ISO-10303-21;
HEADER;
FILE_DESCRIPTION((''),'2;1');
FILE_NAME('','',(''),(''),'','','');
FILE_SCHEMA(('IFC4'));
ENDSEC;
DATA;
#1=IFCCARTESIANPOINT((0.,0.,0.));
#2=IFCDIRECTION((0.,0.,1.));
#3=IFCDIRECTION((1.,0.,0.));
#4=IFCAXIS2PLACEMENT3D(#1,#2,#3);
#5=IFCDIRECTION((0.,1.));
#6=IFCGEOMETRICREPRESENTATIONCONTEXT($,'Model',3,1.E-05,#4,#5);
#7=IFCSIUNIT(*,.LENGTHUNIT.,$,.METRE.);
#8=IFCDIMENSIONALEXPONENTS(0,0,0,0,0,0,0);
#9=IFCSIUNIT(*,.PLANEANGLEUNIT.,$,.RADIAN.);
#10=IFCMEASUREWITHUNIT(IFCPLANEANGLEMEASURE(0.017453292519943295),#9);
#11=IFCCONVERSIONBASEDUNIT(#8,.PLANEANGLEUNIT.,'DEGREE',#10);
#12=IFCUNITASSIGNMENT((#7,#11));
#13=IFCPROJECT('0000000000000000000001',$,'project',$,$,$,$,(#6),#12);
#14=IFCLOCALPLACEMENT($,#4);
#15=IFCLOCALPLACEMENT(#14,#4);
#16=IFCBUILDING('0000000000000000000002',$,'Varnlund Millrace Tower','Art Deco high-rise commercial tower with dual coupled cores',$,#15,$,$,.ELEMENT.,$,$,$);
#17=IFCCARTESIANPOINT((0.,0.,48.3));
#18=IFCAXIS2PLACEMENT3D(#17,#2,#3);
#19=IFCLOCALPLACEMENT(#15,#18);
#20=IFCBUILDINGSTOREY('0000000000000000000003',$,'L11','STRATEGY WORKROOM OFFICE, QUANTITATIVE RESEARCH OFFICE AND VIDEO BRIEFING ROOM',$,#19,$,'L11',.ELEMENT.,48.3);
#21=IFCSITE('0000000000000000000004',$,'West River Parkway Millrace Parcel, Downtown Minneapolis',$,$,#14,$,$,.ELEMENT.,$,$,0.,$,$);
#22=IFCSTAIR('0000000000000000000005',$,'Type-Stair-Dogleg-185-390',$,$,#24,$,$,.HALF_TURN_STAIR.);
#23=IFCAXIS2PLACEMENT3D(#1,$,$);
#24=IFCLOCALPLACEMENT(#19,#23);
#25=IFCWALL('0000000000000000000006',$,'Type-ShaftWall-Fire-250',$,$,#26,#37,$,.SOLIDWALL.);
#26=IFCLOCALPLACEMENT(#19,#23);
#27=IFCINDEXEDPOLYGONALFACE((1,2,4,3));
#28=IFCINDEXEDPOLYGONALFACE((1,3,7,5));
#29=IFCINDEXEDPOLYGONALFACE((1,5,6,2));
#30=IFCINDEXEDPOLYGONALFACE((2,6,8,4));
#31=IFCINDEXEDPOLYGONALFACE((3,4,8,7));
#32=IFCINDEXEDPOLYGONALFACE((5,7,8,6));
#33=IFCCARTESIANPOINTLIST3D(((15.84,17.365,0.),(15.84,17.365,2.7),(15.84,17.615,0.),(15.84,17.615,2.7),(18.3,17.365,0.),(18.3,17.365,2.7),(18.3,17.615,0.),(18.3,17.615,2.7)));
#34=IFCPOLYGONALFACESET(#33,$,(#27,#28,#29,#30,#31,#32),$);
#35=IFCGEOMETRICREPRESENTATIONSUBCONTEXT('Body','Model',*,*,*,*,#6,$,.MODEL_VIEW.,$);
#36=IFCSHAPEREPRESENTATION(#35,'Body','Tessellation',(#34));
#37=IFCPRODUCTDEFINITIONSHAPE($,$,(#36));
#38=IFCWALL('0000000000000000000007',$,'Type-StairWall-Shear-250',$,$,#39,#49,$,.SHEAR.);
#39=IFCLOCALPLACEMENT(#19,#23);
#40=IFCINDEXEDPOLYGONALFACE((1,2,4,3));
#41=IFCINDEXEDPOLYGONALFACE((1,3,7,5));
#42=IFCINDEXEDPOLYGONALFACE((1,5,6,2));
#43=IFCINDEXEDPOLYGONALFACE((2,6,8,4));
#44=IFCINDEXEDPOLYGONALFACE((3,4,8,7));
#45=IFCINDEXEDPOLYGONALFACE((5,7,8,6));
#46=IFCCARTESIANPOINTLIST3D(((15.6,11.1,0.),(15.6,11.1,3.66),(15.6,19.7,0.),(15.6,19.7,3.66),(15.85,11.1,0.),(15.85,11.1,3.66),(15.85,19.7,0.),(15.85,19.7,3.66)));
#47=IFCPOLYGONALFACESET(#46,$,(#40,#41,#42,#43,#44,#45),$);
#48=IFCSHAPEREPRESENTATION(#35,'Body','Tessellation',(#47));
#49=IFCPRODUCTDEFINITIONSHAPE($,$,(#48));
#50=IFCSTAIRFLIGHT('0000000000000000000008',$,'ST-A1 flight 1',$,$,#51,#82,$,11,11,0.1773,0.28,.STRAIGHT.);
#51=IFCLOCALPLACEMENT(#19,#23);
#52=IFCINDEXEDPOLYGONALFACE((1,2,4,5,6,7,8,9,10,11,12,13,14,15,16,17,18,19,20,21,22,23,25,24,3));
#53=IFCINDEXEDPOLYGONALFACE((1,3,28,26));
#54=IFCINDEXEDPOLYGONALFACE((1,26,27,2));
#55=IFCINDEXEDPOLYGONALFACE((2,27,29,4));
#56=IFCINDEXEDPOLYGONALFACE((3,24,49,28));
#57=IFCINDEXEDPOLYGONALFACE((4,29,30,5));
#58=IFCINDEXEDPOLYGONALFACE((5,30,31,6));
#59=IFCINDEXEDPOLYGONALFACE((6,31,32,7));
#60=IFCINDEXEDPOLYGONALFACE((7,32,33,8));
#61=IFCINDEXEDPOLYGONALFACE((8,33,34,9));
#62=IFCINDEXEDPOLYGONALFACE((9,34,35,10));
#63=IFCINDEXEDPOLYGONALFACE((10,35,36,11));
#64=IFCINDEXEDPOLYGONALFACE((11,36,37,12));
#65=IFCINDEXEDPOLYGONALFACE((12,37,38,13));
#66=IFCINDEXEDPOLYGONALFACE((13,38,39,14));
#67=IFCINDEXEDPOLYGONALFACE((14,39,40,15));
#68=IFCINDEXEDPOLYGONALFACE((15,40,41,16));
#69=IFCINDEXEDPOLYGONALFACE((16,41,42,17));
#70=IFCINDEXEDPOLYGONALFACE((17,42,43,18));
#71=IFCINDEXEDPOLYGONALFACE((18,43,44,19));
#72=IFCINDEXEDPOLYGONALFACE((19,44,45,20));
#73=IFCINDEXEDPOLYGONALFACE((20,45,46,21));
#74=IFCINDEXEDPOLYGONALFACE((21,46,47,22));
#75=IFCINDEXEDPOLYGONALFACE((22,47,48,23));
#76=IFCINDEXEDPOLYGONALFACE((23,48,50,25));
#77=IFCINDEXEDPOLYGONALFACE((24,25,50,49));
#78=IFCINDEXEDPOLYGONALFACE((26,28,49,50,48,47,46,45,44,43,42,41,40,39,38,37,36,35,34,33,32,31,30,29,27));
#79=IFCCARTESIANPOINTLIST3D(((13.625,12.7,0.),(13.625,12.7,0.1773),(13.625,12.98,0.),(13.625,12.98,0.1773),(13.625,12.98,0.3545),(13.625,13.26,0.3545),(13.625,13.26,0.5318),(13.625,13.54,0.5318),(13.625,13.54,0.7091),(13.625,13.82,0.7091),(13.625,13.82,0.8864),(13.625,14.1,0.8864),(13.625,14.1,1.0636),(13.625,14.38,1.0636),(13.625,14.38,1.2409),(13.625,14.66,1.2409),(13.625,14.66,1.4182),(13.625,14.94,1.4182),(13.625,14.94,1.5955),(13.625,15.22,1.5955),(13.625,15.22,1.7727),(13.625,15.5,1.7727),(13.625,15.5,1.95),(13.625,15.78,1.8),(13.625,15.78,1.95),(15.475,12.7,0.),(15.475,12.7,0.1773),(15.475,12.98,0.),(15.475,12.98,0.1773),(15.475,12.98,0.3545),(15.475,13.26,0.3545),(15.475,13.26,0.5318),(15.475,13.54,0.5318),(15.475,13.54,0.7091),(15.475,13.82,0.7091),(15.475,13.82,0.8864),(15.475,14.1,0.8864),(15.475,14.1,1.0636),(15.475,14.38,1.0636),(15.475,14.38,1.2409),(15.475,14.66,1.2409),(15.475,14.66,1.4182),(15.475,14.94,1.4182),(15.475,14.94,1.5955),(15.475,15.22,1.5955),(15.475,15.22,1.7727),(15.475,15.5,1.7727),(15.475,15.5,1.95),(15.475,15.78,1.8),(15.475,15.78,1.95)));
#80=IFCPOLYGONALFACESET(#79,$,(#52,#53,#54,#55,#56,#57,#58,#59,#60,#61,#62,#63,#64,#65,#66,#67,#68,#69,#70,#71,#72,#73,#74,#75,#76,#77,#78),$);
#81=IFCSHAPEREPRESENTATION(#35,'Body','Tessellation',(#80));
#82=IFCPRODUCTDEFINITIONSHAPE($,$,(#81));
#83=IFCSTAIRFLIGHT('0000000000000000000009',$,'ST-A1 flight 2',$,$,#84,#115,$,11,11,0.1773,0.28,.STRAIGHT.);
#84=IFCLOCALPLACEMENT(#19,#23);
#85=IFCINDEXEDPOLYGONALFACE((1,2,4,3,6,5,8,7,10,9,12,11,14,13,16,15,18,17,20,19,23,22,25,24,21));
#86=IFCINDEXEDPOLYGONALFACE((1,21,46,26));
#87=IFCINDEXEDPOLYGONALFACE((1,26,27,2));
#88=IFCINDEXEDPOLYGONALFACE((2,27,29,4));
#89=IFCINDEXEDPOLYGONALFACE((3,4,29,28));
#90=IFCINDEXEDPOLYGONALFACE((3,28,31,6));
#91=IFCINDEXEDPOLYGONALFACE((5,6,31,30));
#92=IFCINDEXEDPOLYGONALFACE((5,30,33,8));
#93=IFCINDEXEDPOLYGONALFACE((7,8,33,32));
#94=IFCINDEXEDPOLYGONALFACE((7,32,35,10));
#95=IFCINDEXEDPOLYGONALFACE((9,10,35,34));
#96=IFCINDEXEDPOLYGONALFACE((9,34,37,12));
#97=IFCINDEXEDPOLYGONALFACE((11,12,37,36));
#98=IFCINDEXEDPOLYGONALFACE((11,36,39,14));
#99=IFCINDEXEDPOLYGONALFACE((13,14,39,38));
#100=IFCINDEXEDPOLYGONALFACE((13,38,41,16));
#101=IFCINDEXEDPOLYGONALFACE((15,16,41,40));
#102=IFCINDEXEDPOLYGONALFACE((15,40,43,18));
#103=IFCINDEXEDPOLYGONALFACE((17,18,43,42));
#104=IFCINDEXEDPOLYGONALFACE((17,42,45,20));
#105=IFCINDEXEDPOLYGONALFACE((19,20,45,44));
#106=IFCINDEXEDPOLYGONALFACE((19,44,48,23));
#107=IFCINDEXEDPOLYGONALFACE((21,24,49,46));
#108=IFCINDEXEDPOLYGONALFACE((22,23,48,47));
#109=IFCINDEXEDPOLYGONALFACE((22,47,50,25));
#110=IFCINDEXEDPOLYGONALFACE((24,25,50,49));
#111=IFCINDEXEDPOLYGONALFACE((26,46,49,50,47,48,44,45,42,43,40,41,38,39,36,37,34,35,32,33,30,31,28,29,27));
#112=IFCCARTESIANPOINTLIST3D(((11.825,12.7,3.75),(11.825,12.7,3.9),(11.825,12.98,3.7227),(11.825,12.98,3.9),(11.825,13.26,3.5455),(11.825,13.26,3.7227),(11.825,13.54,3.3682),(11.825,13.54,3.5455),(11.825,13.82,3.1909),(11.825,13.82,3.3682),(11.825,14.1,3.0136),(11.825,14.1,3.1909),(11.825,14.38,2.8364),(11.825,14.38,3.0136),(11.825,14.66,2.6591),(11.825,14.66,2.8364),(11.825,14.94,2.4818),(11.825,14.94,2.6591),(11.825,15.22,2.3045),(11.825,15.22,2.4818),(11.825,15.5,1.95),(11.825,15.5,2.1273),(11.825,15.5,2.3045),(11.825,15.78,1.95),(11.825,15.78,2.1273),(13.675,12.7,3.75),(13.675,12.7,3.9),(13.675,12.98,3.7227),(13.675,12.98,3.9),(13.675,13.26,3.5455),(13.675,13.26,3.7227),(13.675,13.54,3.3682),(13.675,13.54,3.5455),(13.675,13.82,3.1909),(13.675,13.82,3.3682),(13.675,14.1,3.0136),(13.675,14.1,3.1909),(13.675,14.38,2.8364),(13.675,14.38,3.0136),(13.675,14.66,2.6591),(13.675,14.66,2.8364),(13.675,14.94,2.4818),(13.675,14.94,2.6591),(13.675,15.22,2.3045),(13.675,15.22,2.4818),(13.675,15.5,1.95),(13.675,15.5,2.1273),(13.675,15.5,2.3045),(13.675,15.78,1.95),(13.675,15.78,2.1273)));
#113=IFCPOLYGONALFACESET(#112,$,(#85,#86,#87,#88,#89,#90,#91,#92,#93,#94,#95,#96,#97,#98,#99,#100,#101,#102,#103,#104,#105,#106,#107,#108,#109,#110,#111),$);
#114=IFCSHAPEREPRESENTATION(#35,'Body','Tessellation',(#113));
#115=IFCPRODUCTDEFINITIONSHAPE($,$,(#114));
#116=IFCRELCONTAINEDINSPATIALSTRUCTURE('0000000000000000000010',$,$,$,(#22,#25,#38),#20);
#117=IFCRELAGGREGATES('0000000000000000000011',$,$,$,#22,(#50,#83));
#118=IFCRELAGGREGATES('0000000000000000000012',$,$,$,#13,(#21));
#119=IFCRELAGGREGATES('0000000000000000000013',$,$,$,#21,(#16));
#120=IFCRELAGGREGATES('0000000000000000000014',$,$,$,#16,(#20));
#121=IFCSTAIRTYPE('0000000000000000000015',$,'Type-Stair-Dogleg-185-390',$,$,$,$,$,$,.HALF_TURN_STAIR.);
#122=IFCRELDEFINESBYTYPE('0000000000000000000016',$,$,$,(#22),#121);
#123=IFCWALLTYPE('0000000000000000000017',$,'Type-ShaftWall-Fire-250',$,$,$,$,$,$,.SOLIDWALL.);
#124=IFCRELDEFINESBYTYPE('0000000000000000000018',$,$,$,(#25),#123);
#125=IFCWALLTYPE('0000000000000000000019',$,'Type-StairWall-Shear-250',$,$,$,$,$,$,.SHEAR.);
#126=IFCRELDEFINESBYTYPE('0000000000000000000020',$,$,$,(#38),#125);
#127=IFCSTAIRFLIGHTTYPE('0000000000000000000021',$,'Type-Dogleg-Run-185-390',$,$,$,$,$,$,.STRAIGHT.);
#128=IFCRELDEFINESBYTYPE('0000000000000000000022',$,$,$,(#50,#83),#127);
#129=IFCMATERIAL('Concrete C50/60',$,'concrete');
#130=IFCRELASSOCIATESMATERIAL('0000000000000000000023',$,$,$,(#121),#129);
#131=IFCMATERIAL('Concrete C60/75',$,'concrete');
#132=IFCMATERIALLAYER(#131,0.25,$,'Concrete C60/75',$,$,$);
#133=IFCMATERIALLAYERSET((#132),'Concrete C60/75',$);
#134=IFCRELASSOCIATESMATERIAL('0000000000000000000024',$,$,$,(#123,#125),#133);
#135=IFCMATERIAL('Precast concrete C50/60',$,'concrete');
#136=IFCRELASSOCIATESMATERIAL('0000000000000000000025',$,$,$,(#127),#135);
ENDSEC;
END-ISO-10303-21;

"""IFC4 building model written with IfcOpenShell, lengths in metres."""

from ifc_helpers import new_model, entity, si_unit, converted_unit, direction, frame, origin_with_axes, place, context, subcontext, project, spatial, polyline, outline, extrude, material, layer, layer_set, type_object, element, aggregate, save


model = new_model("IFC4")

# Units and contexts
model_context = context("Model", 3, precision=1e-05, world=origin_with_axes(), true_north=direction((0.0, 1.0)))
body_context = subcontext(model_context, "Body", "Model", "MODEL_VIEW")
ifc_project = project(units=[si_unit("LENGTHUNIT", "METRE"), converted_unit("PLANEANGLEUNIT", "DEGREE", entity("IfcPlaneAngleMeasure", 0.017453292519943295), si_unit("PLANEANGLEUNIT", "RADIAN"), dimensions=[0, 0, 0, 0, 0, 0, 0])], contexts=[model_context])

# Site, building, storey
site_placement = place(None, origin_with_axes())
site = spatial("IfcSite", under=ifc_project, at=site_placement, Name="West River Parkway Millrace Parcel, Downtown Minneapolis", CompositionType="ELEMENT", RefElevation=0.0)
building_placement = place(site_placement, origin_with_axes())
building = spatial("IfcBuilding", under=site, at=building_placement, Name="Varnlund Millrace Tower", Description="Art Deco high-rise commercial tower with dual coupled cores", CompositionType="ELEMENT")
storey_placement = place(building_placement, frame((0.0, 0.0, 48.3), z_axis=(0.0, 0.0, 1.0), x_axis=(1.0, 0.0, 0.0)))
storey = spatial("IfcBuildingStorey", under=building, at=storey_placement, Name="L11", Description="STRATEGY WORKROOM OFFICE, QUANTITATIVE RESEARCH OFFICE AND VIDEO BRIEFING ROOM", LongName="L11", CompositionType="ELEMENT", Elevation=48.3)

# Stair
ifc_material_1 = material(Name="Concrete C50/60", Category="concrete")
stair_type_1 = type_object("IfcStairType", Name="Type-Stair-Dogleg-185-390", PredefinedType="HALF_TURN_STAIR", material=ifc_material_1)
stair_1_placement = place(storey_placement, origin_with_axes())
stair_1 = element("IfcStair", 1, at=stair_1_placement, inside=storey, type_object=stair_type_1, Name="Type-Stair-Dogleg-185-390", PredefinedType="HALF_TURN_STAIR")

# Shared definitions
ifc_material_2 = material(Name="Concrete C60/75", Category="concrete")
ifc_layer_1 = layer(ifc_material_2, 0.25, Name="Concrete C60/75")
ifc_layer_set_1 = layer_set([ifc_layer_1], Name="Concrete C60/75")
wall_type_1 = type_object("IfcWallType", Name="Type-ShaftWall-Fire-250", PredefinedType="SOLIDWALL", material=ifc_layer_set_1)

# Walls
for number, where, z_axis, x_axis, name in (
    (2, (15.84, 17.49, 0.0), (0.0, 0.0, 1.0), (1.0, 0.0, 0.0), "Type-ShaftWall-Fire-250"),
):
    element("IfcWall", number, at=place(storey_placement, frame(where, z_axis=z_axis, x_axis=x_axis)), inside=storey, type_object=wall_type_1, Name=name, PredefinedType="SOLIDWALL", context=body_context, shape_type="SweptSolid", body=[
        extrude(outline(polyline([(0.0, -0.125), (2.46, -0.125), (2.46, 0.125), (0.0, 0.125), (0.0, -0.125)])), origin_with_axes(), (0.0, 0.0, 1.0), 2.7),
    ])
wall_type_2 = type_object("IfcWallType", Name="Type-StairWall-Shear-250", PredefinedType="SHEAR", material=ifc_layer_set_1)
wall_1_placement = place(storey_placement, frame((15.725, 11.1, 0.0), z_axis=(0.0, 0.0, 1.0), x_axis=(0.0, 1.0, 0.0)))
element("IfcWall", 3, at=wall_1_placement, inside=storey, type_object=wall_type_2, Name="Type-StairWall-Shear-250", PredefinedType="SHEAR", context=body_context, shape_type="SweptSolid", body=[
    extrude(outline(polyline([(0.0, -0.125), (8.6, -0.125), (8.6, 0.125), (0.0, 0.125), (0.0, -0.125)])), origin_with_axes(), (0.0, 0.0, 1.0), 3.66),
])

# Stair flights
ifc_material_3 = material(Name="Precast concrete C50/60", Category="concrete")
stair_flight_type = type_object("IfcStairFlightType", Name="Type-Dogleg-Run-185-390", PredefinedType="STRAIGHT", material=ifc_material_3)
stair_flight_1_placement = place(storey_placement, frame((13.625, 12.7, 0.0), z_axis=(1.0, 0.0, 0.0), x_axis=(0.0, 1.0, 0.0)))
stair_flight_1 = element("IfcStairFlight", 4, at=stair_flight_1_placement, type_object=stair_flight_type, Name="ST-A1 flight 1", NumberOfRisers=11, NumberOfTreads=11, PredefinedType="STRAIGHT", RiserHeight=0.1773, TreadLength=0.28, context=body_context, shape_type="SweptSolid", body=[
    extrude(outline(polyline([(0.0, 0.0), (0.0, 0.1773), (0.28, 0.1773), (0.28, 0.3545), (0.56, 0.3545), (0.56, 0.5318), (0.84, 0.5318), (0.84, 0.7091), (1.12, 0.7091), (1.12, 0.8864), (1.4, 0.8864), (1.4, 1.0636), (1.68, 1.0636), (1.68, 1.2409), (1.96, 1.2409), (1.96, 1.4182), (2.24, 1.4182), (2.24, 1.5955), (2.52, 1.5955), (2.52, 1.7727), (2.8, 1.7727), (2.8, 1.95), (3.08, 1.95), (3.08, 1.8), (0.28, 0.0), (0.0, 0.0)])), origin_with_axes(), (0.0, 0.0, 1.0), 1.85),
])
stair_flight_2_placement = place(storey_placement, frame((13.675, 15.78, 1.95), z_axis=(-1.0, 0.0, 0.0), x_axis=(0.0, -1.0, 0.0)))
stair_flight_2 = element("IfcStairFlight", 5, at=stair_flight_2_placement, type_object=stair_flight_type, Name="ST-A1 flight 2", NumberOfRisers=11, NumberOfTreads=11, PredefinedType="STRAIGHT", RiserHeight=0.1773, TreadLength=0.28, context=body_context, shape_type="SweptSolid", body=[
    extrude(outline(polyline([(0.0, 0.0), (0.0, 0.1773), (0.28, 0.1773), (0.28, 0.3545), (0.56, 0.3545), (0.56, 0.5318), (0.84, 0.5318), (0.84, 0.7091), (1.12, 0.7091), (1.12, 0.8864), (1.4, 0.8864), (1.4, 1.0636), (1.68, 1.0636), (1.68, 1.2409), (1.96, 1.2409), (1.96, 1.4182), (2.24, 1.4182), (2.24, 1.5955), (2.52, 1.5955), (2.52, 1.7727), (2.8, 1.7727), (2.8, 1.95), (3.08, 1.95), (3.08, 1.8), (0.28, 0.0), (0.0, 0.0)])), origin_with_axes(), (0.0, 0.0, 1.0), 1.85),
])
aggregate(stair_1, [stair_flight_1, stair_flight_2])

save(model, "model.ifc")
